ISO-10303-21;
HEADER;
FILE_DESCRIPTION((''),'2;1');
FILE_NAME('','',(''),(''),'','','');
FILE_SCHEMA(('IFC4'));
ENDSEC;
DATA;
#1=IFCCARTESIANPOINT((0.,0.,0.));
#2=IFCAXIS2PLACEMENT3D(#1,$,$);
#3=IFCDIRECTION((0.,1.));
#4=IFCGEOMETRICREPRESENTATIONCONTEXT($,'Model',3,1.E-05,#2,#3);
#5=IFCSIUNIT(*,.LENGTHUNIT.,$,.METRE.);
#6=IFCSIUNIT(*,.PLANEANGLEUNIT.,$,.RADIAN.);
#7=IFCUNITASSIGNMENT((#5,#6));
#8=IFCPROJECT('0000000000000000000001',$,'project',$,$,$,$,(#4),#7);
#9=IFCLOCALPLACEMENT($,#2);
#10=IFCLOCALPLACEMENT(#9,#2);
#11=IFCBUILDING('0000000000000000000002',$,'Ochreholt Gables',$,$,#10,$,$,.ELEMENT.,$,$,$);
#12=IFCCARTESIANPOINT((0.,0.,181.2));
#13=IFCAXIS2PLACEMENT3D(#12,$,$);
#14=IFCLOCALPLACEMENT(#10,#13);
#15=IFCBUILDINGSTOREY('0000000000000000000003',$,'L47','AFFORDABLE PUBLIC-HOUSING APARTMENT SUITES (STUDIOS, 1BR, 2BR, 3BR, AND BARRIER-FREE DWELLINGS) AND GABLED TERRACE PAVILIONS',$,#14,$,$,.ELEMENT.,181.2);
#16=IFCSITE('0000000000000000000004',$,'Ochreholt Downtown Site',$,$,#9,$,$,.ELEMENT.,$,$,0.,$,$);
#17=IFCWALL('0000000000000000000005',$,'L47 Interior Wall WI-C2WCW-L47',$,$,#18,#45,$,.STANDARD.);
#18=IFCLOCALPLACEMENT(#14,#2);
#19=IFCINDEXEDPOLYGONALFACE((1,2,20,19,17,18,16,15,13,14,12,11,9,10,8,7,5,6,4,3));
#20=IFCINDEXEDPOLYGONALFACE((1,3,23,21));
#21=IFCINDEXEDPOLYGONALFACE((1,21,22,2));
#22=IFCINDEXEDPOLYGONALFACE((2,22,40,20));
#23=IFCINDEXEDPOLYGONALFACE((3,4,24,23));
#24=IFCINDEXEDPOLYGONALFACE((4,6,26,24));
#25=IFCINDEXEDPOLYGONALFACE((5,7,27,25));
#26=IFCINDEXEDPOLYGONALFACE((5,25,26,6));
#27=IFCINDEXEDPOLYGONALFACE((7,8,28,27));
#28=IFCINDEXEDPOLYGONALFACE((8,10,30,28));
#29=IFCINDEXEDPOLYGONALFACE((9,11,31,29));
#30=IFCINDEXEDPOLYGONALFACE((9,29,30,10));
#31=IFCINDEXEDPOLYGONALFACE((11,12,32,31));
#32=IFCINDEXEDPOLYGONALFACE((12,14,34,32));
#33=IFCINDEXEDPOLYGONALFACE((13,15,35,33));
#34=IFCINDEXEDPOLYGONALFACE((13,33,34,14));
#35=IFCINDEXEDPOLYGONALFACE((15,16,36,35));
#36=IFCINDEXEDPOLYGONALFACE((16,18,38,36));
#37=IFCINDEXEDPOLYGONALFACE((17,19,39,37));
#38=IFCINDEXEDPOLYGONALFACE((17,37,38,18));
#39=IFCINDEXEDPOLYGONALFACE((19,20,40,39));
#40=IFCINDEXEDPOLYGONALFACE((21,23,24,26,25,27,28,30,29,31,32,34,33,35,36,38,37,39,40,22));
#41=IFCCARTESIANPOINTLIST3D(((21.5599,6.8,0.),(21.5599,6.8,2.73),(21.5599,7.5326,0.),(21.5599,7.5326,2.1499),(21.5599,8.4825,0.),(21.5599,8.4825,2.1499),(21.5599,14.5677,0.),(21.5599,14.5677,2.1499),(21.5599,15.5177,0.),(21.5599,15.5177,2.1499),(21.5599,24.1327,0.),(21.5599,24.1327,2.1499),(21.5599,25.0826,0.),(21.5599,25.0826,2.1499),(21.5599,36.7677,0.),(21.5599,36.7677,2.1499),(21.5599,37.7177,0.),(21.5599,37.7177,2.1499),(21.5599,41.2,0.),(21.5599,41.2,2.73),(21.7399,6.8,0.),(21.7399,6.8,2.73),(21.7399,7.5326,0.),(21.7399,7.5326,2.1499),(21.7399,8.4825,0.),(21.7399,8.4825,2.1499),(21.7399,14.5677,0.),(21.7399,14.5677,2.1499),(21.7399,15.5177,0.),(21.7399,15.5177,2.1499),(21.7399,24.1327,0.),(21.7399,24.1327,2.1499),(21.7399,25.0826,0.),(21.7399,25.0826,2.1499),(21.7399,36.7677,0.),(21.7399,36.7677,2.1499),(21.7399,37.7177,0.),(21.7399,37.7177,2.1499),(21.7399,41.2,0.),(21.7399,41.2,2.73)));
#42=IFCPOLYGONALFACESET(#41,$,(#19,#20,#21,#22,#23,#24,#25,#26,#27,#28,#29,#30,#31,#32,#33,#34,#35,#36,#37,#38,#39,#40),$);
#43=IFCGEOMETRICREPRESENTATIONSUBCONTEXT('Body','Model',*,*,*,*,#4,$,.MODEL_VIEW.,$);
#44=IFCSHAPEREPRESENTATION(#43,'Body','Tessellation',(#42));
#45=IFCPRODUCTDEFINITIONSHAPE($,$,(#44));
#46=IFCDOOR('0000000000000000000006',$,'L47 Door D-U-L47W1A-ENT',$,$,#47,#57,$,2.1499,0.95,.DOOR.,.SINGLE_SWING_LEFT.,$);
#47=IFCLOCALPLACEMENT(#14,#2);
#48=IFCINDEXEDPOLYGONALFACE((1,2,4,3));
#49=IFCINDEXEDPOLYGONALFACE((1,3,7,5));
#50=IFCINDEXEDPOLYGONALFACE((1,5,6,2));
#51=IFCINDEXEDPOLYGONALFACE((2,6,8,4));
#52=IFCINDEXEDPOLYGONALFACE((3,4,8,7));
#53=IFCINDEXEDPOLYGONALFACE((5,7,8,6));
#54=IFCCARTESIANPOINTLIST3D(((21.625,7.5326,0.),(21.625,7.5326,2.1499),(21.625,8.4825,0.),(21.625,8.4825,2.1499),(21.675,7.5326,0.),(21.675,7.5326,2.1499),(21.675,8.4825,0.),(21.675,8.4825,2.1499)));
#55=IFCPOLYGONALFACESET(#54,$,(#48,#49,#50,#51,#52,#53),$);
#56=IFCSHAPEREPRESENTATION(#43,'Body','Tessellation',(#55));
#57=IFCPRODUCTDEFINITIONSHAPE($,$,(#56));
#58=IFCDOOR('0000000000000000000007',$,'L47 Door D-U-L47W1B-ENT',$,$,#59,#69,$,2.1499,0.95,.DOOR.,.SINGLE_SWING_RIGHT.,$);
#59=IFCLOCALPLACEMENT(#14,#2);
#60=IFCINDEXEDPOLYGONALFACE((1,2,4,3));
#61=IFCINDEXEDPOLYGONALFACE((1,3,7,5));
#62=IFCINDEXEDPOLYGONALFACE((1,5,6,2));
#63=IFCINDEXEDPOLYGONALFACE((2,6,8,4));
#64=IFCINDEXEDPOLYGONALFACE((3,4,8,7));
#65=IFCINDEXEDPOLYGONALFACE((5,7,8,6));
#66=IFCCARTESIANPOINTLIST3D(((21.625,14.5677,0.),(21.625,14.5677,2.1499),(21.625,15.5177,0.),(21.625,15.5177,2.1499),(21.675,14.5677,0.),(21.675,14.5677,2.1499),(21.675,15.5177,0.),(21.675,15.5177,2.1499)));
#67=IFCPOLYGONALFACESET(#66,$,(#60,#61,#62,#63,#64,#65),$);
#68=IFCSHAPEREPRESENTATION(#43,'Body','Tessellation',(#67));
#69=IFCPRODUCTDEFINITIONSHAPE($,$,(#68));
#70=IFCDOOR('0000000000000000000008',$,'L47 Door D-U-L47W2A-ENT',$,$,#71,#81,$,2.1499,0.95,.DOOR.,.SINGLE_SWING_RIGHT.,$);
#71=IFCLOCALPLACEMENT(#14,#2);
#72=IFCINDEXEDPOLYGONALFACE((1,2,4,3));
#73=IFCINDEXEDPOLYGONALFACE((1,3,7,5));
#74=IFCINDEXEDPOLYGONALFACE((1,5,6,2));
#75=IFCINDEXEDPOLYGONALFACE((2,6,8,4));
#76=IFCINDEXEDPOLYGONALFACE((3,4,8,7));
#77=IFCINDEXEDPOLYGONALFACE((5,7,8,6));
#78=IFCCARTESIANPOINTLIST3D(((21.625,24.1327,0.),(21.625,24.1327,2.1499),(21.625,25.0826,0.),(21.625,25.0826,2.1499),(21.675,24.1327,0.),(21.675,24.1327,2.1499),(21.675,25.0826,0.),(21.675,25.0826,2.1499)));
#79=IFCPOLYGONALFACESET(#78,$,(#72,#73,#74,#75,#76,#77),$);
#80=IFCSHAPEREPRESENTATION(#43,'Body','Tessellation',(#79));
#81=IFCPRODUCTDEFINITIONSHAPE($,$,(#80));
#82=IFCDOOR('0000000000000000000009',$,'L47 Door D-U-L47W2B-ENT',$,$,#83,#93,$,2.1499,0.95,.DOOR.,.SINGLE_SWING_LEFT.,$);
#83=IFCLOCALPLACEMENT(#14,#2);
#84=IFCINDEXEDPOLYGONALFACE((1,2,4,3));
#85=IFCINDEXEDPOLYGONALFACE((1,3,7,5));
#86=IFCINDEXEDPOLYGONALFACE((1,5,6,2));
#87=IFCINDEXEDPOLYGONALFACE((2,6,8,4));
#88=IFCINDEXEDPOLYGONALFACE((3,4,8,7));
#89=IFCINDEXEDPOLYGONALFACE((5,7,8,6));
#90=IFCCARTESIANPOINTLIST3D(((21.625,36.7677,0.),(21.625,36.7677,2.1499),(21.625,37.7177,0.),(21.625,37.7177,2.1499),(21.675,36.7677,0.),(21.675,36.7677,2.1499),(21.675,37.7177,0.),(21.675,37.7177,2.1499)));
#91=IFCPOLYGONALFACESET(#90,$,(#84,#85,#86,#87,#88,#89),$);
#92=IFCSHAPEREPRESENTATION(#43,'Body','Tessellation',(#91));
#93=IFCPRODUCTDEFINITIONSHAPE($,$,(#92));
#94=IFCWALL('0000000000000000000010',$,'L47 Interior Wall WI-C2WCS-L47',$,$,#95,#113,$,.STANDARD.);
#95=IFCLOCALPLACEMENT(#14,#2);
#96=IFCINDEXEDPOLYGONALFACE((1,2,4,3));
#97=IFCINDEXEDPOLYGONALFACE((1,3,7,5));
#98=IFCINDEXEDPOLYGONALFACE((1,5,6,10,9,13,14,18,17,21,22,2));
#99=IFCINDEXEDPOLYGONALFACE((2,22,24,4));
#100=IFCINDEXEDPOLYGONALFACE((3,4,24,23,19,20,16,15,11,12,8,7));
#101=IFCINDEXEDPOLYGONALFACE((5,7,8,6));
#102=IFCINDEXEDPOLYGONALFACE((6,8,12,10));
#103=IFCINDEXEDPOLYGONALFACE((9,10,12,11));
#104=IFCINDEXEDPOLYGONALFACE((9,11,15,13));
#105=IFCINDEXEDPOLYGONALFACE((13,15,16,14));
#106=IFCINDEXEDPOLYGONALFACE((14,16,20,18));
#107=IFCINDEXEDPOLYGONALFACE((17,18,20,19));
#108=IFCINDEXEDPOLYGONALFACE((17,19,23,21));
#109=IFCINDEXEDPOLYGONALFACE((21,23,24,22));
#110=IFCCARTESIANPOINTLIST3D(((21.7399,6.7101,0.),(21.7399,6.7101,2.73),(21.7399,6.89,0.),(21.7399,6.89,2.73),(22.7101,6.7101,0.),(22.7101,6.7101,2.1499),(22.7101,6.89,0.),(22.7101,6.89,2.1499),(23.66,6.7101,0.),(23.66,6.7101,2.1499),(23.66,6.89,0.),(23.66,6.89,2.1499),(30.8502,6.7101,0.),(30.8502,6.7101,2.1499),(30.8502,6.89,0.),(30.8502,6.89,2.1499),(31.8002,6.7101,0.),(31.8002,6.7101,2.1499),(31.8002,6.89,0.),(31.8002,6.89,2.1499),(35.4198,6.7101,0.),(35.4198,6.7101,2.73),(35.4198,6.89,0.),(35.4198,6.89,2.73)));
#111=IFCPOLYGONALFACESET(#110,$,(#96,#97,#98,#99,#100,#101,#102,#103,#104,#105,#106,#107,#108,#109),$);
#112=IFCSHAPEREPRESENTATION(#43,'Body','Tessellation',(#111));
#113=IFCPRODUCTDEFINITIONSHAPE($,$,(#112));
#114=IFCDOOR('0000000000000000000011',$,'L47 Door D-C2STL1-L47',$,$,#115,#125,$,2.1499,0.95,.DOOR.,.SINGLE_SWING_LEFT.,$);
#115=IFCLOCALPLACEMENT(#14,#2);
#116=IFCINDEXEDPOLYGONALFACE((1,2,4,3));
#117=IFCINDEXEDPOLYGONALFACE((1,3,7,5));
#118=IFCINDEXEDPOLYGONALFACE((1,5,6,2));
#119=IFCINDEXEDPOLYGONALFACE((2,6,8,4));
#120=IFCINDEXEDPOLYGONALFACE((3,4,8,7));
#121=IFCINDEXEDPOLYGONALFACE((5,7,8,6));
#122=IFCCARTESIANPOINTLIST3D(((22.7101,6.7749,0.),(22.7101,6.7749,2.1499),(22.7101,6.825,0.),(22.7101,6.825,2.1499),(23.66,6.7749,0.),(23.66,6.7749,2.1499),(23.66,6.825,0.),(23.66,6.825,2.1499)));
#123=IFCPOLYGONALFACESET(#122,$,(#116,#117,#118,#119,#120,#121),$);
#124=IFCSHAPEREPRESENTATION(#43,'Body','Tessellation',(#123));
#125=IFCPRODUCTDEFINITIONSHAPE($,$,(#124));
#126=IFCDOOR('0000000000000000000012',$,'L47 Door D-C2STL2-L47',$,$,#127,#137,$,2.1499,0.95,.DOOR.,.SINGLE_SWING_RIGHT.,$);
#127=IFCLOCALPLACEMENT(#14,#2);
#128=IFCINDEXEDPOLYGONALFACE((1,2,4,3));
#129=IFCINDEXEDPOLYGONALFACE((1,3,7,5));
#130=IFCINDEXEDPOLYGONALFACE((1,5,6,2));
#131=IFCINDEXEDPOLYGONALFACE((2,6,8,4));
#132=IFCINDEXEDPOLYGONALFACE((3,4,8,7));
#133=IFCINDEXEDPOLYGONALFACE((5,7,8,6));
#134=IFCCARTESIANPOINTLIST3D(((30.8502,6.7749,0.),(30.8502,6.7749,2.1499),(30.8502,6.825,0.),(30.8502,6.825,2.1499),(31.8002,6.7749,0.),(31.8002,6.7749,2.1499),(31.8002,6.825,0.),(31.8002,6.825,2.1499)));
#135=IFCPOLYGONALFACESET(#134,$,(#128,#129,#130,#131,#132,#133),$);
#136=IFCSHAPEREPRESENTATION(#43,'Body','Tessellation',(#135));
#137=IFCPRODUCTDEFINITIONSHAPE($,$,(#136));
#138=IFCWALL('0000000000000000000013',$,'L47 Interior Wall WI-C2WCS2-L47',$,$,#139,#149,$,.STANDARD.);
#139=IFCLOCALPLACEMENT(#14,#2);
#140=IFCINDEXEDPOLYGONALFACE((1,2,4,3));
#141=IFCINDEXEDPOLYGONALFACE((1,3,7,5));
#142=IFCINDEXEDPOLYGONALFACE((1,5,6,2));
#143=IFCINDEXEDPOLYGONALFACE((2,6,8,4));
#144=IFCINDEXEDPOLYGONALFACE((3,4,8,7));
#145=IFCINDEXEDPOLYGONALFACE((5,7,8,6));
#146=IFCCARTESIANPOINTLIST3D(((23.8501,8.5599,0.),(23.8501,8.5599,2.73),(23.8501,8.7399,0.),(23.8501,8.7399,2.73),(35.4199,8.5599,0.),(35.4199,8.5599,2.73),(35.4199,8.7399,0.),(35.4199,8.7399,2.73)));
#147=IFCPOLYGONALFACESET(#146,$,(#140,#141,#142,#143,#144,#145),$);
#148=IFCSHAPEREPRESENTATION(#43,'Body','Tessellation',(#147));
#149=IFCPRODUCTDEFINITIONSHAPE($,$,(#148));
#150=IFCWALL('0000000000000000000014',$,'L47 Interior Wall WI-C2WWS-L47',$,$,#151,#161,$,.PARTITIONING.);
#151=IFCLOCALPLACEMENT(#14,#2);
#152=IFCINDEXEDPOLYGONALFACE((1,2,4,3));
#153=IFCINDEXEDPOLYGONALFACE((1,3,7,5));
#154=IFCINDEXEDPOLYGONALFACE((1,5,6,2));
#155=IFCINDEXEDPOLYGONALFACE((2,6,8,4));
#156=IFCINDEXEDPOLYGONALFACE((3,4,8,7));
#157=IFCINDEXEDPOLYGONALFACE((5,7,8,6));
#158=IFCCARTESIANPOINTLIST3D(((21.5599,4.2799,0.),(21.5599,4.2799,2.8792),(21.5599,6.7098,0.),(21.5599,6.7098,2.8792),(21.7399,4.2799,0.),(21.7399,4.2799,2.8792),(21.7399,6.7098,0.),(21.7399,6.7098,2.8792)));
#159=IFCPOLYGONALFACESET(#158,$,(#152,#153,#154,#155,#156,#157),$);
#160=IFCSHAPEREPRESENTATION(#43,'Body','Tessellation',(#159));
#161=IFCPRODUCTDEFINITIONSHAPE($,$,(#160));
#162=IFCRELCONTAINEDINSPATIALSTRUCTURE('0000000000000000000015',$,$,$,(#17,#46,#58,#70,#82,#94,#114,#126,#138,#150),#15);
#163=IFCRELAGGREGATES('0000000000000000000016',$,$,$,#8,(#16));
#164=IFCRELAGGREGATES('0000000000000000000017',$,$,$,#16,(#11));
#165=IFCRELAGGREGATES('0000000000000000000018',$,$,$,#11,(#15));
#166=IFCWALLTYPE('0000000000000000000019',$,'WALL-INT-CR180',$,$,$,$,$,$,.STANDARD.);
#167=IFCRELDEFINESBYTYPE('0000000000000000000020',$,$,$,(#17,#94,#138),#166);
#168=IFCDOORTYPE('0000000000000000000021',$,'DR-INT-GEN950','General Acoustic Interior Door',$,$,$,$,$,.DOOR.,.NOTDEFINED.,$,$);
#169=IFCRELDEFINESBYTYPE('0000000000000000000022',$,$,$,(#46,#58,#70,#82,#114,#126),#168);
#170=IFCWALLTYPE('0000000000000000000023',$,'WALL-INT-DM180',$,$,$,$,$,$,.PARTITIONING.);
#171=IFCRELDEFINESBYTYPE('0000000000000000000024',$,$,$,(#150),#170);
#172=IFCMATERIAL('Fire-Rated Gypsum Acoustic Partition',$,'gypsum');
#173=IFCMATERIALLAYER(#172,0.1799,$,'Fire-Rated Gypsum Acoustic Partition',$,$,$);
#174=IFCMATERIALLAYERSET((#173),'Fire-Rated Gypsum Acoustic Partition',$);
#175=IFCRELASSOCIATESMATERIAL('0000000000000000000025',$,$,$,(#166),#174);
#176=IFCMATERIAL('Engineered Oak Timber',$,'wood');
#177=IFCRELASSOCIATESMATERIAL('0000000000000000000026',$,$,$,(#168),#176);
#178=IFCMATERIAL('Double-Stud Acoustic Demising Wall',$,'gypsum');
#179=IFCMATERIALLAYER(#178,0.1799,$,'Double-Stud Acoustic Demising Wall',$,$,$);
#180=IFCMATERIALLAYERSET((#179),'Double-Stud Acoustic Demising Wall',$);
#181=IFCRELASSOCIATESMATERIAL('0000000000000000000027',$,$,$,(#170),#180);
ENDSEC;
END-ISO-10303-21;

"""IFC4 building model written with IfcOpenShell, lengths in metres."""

from ifc_helpers import new_model, si_unit, direction, frame, frame_2d, origin, place, context, subcontext, project, spatial, rectangle, extrude, material, layer, layer_set, type_object, element, fill, save


model = new_model("IFC4")

# Units and contexts
model_context = context("Model", 3, precision=1e-05, world=origin(), true_north=direction((0.0, 1.0)))
body_context = subcontext(model_context, "Body", "Model", "MODEL_VIEW")
ifc_project = project(units=[si_unit("LENGTHUNIT", "METRE"), si_unit("PLANEANGLEUNIT", "RADIAN")], contexts=[model_context])

# Site, building, storey
site_placement = place(None, origin())
site = spatial("IfcSite", under=ifc_project, at=site_placement, Name="Ochreholt Downtown Site", CompositionType="ELEMENT", RefElevation=0.0)
building_placement = place(site_placement, origin())
building = spatial("IfcBuilding", under=site, at=building_placement, Name="Ochreholt Gables", CompositionType="ELEMENT")
storey_placement = place(building_placement, frame((0.0, 0.0, 181.2)))
storey = spatial("IfcBuildingStorey", under=building, at=storey_placement, Name="L47", Description="AFFORDABLE PUBLIC-HOUSING APARTMENT SUITES (STUDIOS, 1BR, 2BR, 3BR, AND BARRIER-FREE DWELLINGS) AND GABLED TERRACE PAVILIONS", CompositionType="ELEMENT", Elevation=181.2)

# Walls, openings, doors
ifc_material_1 = material(Name="Fire-Rated Gypsum Acoustic Partition", Category="gypsum")
ifc_layer_1 = layer(ifc_material_1, 0.1799, Name="Fire-Rated Gypsum Acoustic Partition")
ifc_layer_set_1 = layer_set([ifc_layer_1], Name="Fire-Rated Gypsum Acoustic Partition")
wall_type_1 = type_object("IfcWallType", Name="WALL-INT-CR180", PredefinedType="STANDARD", material=ifc_layer_set_1)
wall_1_placement = place(storey_placement, frame((21.6499, 6.8, 0.0), z_axis=(0.0, 0.0, 1.0), x_axis=(0.0, 1.0, 0.0)))
wall_1 = element("IfcWall", 1, at=wall_1_placement, inside=storey, type_object=wall_type_1, Name="L47 Interior Wall WI-C2WCW-L47", PredefinedType="STANDARD", context=body_context, shape_type="SweptSolid", body=[
    extrude(rectangle(XDim=34.3999, YDim=0.1799, at=frame_2d((17.2, 0.0))), origin(), (0.0, 0.0, 1.0), 2.73),
])
opening_1_placement = place(wall_1_placement, frame((0.7324, 0.0, 0.0)))
opening_1 = element("IfcOpeningElement", 2, at=opening_1_placement, cuts=wall_1, PredefinedType="OPENING", context=body_context, shape_type="SweptSolid", body=[
    extrude(rectangle(XDim=0.95, YDim=2.1499, at=frame_2d((0.4751, 1.075))), frame((0.0, 0.0999, 0.0), z_axis=(0.0, -1.0, 0.0), x_axis=(1.0, 0.0, 0.0)), (0.0, 0.0, 1.0), 0.2),
])
opening_2_placement = place(wall_1_placement, frame((7.7676, 0.0, 0.0)))
opening_2 = element("IfcOpeningElement", 3, at=opening_2_placement, cuts=wall_1, PredefinedType="OPENING", context=body_context, shape_type="SweptSolid", body=[
    extrude(rectangle(XDim=0.95, YDim=2.1499, at=frame_2d((0.4751, 1.075))), frame((0.0, 0.0999, 0.0), z_axis=(0.0, -1.0, 0.0), x_axis=(1.0, 0.0, 0.0)), (0.0, 0.0, 1.0), 0.2),
])
opening_3_placement = place(wall_1_placement, frame((17.3325, 0.0, 0.0)))
opening_3 = element("IfcOpeningElement", 4, at=opening_3_placement, cuts=wall_1, PredefinedType="OPENING", context=body_context, shape_type="SweptSolid", body=[
    extrude(rectangle(XDim=0.95, YDim=2.1499, at=frame_2d((0.4751, 1.075))), frame((0.0, 0.0999, 0.0), z_axis=(0.0, -1.0, 0.0), x_axis=(1.0, 0.0, 0.0)), (0.0, 0.0, 1.0), 0.2),
])
opening_4_placement = place(wall_1_placement, frame((29.9675, 0.0, 0.0)))
opening_4 = element("IfcOpeningElement", 5, at=opening_4_placement, cuts=wall_1, PredefinedType="OPENING", context=body_context, shape_type="SweptSolid", body=[
    extrude(rectangle(XDim=0.95, YDim=2.1499, at=frame_2d((0.4751, 1.075))), frame((0.0, 0.0999, 0.0), z_axis=(0.0, -1.0, 0.0), x_axis=(1.0, 0.0, 0.0)), (0.0, 0.0, 1.0), 0.2),
])
ifc_material_2 = material(Name="Engineered Oak Timber", Category="wood")
door_type = type_object("IfcDoorType", Name="DR-INT-GEN950", Description="General Acoustic Interior Door", OperationType="NOTDEFINED", PredefinedType="DOOR", material=ifc_material_2)
door_1_placement = place(opening_1_placement, origin())
door_1 = element("IfcDoor", 6, at=door_1_placement, inside=storey, type_object=door_type, Name="L47 Door D-U-L47W1A-ENT", OperationType="SINGLE_SWING_LEFT", OverallHeight=2.1499, OverallWidth=0.95, PredefinedType="DOOR", context=body_context, shape_type="SweptSolid", body=[
    extrude(rectangle(XDim=0.95, YDim=2.1499, at=frame_2d((0.4751, 1.075))), frame((0.0, 0.0249, 0.0), z_axis=(0.0, -1.0, 0.0), x_axis=(1.0, 0.0, 0.0)), (0.0, 0.0, 1.0), 0.05),
])
fill(opening_1, door_1)
door_2_placement = place(opening_2_placement, origin())
door_2 = element("IfcDoor", 7, at=door_2_placement, inside=storey, type_object=door_type, Name="L47 Door D-U-L47W1B-ENT", OperationType="SINGLE_SWING_RIGHT", OverallHeight=2.1499, OverallWidth=0.95, PredefinedType="DOOR", context=body_context, shape_type="SweptSolid", body=[
    extrude(rectangle(XDim=0.95, YDim=2.1499, at=frame_2d((0.4751, 1.075))), frame((0.0, 0.0249, 0.0), z_axis=(0.0, -1.0, 0.0), x_axis=(1.0, 0.0, 0.0)), (0.0, 0.0, 1.0), 0.05),
])
fill(opening_2, door_2)
door_3_placement = place(opening_3_placement, origin())
door_3 = element("IfcDoor", 8, at=door_3_placement, inside=storey, type_object=door_type, Name="L47 Door D-U-L47W2A-ENT", OperationType="SINGLE_SWING_RIGHT", OverallHeight=2.1499, OverallWidth=0.95, PredefinedType="DOOR", context=body_context, shape_type="SweptSolid", body=[
    extrude(rectangle(XDim=0.95, YDim=2.1499, at=frame_2d((0.4751, 1.075))), frame((0.0, 0.0249, 0.0), z_axis=(0.0, -1.0, 0.0), x_axis=(1.0, 0.0, 0.0)), (0.0, 0.0, 1.0), 0.05),
])
fill(opening_3, door_3)
door_4_placement = place(opening_4_placement, origin())
door_4 = element("IfcDoor", 9, at=door_4_placement, inside=storey, type_object=door_type, Name="L47 Door D-U-L47W2B-ENT", OperationType="SINGLE_SWING_LEFT", OverallHeight=2.1499, OverallWidth=0.95, PredefinedType="DOOR", context=body_context, shape_type="SweptSolid", body=[
    extrude(rectangle(XDim=0.95, YDim=2.1499, at=frame_2d((0.4751, 1.075))), frame((0.0, 0.0249, 0.0), z_axis=(0.0, -1.0, 0.0), x_axis=(1.0, 0.0, 0.0)), (0.0, 0.0, 1.0), 0.05),
])
fill(opening_4, door_4)
wall_2_placement = place(storey_placement, frame((21.74, 6.8, 0.0), z_axis=(0.0, 0.0, 1.0), x_axis=(1.0, 0.0, 0.0)))
wall_2 = element("IfcWall", 10, at=wall_2_placement, inside=storey, type_object=wall_type_1, Name="L47 Interior Wall WI-C2WCS-L47", PredefinedType="STANDARD", context=body_context, shape_type="SweptSolid", body=[
    extrude(rectangle(XDim=13.6799, YDim=0.1799, at=frame_2d((6.8398, 0.0))), origin(), (0.0, 0.0, 1.0), 2.73),
])
opening_5_placement = place(wall_2_placement, frame((0.97, 0.0, 0.0)))
opening_5 = element("IfcOpeningElement", 11, at=opening_5_placement, cuts=wall_2, PredefinedType="OPENING", context=body_context, shape_type="SweptSolid", body=[
    extrude(rectangle(XDim=0.95, YDim=2.1499, at=frame_2d((0.4751, 1.075))), frame((0.0, 0.0999, 0.0), z_axis=(0.0, -1.0, 0.0), x_axis=(1.0, 0.0, 0.0)), (0.0, 0.0, 1.0), 0.2),
])
opening_6_placement = place(wall_2_placement, frame((9.1101, 0.0, 0.0)))
opening_6 = element("IfcOpeningElement", 12, at=opening_6_placement, cuts=wall_2, PredefinedType="OPENING", context=body_context, shape_type="SweptSolid", body=[
    extrude(rectangle(XDim=0.95, YDim=2.1499, at=frame_2d((0.4751, 1.075))), frame((0.0, 0.0999, 0.0), z_axis=(0.0, -1.0, 0.0), x_axis=(1.0, 0.0, 0.0)), (0.0, 0.0, 1.0), 0.2),
])
door_5_placement = place(opening_5_placement, origin())
door_5 = element("IfcDoor", 13, at=door_5_placement, inside=storey, type_object=door_type, Name="L47 Door D-C2STL1-L47", OperationType="SINGLE_SWING_LEFT", OverallHeight=2.1499, OverallWidth=0.95, PredefinedType="DOOR", context=body_context, shape_type="SweptSolid", body=[
    extrude(rectangle(XDim=0.95, YDim=2.1499, at=frame_2d((0.4751, 1.075))), frame((0.0, 0.0249, 0.0), z_axis=(0.0, -1.0, 0.0), x_axis=(1.0, 0.0, 0.0)), (0.0, 0.0, 1.0), 0.05),
])
fill(opening_5, door_5)
door_6_placement = place(opening_6_placement, origin())
door_6 = element("IfcDoor", 14, at=door_6_placement, inside=storey, type_object=door_type, Name="L47 Door D-C2STL2-L47", OperationType="SINGLE_SWING_RIGHT", OverallHeight=2.1499, OverallWidth=0.95, PredefinedType="DOOR", context=body_context, shape_type="SweptSolid", body=[
    extrude(rectangle(XDim=0.95, YDim=2.1499, at=frame_2d((0.4751, 1.075))), frame((0.0, 0.0249, 0.0), z_axis=(0.0, -1.0, 0.0), x_axis=(1.0, 0.0, 0.0)), (0.0, 0.0, 1.0), 0.05),
])
fill(opening_6, door_6)

# Walls
wall_3_placement = place(storey_placement, frame((23.8501, 8.6499, 0.0), z_axis=(0.0, 0.0, 1.0), x_axis=(1.0, 0.0, 0.0)))
element("IfcWall", 15, at=wall_3_placement, inside=storey, type_object=wall_type_1, Name="L47 Interior Wall WI-C2WCS2-L47", PredefinedType="STANDARD", context=body_context, shape_type="SweptSolid", body=[
    extrude(rectangle(XDim=11.5698, YDim=0.1799, at=frame_2d((5.7849, 0.0))), origin(), (0.0, 0.0, 1.0), 2.73),
])
ifc_material_3 = material(Name="Double-Stud Acoustic Demising Wall", Category="gypsum")
ifc_layer_2 = layer(ifc_material_3, 0.1799, Name="Double-Stud Acoustic Demising Wall")
ifc_layer_set_2 = layer_set([ifc_layer_2], Name="Double-Stud Acoustic Demising Wall")
wall_type_2 = type_object("IfcWallType", Name="WALL-INT-DM180", PredefinedType="PARTITIONING", material=ifc_layer_set_2)
wall_4_placement = place(storey_placement, frame((21.6499, 4.28, 0.0), z_axis=(0.0, 0.0, 1.0), x_axis=(0.0, 1.0, 0.0)))
element("IfcWall", 16, at=wall_4_placement, inside=storey, type_object=wall_type_2, Name="L47 Interior Wall WI-C2WWS-L47", PredefinedType="PARTITIONING", context=body_context, shape_type="SweptSolid", body=[
    extrude(rectangle(XDim=2.4299, YDim=0.1799, at=frame_2d((1.2148, 0.0))), origin(), (0.0, 0.0, 1.0), 2.8792),
])

save(model, "model.ifc")
